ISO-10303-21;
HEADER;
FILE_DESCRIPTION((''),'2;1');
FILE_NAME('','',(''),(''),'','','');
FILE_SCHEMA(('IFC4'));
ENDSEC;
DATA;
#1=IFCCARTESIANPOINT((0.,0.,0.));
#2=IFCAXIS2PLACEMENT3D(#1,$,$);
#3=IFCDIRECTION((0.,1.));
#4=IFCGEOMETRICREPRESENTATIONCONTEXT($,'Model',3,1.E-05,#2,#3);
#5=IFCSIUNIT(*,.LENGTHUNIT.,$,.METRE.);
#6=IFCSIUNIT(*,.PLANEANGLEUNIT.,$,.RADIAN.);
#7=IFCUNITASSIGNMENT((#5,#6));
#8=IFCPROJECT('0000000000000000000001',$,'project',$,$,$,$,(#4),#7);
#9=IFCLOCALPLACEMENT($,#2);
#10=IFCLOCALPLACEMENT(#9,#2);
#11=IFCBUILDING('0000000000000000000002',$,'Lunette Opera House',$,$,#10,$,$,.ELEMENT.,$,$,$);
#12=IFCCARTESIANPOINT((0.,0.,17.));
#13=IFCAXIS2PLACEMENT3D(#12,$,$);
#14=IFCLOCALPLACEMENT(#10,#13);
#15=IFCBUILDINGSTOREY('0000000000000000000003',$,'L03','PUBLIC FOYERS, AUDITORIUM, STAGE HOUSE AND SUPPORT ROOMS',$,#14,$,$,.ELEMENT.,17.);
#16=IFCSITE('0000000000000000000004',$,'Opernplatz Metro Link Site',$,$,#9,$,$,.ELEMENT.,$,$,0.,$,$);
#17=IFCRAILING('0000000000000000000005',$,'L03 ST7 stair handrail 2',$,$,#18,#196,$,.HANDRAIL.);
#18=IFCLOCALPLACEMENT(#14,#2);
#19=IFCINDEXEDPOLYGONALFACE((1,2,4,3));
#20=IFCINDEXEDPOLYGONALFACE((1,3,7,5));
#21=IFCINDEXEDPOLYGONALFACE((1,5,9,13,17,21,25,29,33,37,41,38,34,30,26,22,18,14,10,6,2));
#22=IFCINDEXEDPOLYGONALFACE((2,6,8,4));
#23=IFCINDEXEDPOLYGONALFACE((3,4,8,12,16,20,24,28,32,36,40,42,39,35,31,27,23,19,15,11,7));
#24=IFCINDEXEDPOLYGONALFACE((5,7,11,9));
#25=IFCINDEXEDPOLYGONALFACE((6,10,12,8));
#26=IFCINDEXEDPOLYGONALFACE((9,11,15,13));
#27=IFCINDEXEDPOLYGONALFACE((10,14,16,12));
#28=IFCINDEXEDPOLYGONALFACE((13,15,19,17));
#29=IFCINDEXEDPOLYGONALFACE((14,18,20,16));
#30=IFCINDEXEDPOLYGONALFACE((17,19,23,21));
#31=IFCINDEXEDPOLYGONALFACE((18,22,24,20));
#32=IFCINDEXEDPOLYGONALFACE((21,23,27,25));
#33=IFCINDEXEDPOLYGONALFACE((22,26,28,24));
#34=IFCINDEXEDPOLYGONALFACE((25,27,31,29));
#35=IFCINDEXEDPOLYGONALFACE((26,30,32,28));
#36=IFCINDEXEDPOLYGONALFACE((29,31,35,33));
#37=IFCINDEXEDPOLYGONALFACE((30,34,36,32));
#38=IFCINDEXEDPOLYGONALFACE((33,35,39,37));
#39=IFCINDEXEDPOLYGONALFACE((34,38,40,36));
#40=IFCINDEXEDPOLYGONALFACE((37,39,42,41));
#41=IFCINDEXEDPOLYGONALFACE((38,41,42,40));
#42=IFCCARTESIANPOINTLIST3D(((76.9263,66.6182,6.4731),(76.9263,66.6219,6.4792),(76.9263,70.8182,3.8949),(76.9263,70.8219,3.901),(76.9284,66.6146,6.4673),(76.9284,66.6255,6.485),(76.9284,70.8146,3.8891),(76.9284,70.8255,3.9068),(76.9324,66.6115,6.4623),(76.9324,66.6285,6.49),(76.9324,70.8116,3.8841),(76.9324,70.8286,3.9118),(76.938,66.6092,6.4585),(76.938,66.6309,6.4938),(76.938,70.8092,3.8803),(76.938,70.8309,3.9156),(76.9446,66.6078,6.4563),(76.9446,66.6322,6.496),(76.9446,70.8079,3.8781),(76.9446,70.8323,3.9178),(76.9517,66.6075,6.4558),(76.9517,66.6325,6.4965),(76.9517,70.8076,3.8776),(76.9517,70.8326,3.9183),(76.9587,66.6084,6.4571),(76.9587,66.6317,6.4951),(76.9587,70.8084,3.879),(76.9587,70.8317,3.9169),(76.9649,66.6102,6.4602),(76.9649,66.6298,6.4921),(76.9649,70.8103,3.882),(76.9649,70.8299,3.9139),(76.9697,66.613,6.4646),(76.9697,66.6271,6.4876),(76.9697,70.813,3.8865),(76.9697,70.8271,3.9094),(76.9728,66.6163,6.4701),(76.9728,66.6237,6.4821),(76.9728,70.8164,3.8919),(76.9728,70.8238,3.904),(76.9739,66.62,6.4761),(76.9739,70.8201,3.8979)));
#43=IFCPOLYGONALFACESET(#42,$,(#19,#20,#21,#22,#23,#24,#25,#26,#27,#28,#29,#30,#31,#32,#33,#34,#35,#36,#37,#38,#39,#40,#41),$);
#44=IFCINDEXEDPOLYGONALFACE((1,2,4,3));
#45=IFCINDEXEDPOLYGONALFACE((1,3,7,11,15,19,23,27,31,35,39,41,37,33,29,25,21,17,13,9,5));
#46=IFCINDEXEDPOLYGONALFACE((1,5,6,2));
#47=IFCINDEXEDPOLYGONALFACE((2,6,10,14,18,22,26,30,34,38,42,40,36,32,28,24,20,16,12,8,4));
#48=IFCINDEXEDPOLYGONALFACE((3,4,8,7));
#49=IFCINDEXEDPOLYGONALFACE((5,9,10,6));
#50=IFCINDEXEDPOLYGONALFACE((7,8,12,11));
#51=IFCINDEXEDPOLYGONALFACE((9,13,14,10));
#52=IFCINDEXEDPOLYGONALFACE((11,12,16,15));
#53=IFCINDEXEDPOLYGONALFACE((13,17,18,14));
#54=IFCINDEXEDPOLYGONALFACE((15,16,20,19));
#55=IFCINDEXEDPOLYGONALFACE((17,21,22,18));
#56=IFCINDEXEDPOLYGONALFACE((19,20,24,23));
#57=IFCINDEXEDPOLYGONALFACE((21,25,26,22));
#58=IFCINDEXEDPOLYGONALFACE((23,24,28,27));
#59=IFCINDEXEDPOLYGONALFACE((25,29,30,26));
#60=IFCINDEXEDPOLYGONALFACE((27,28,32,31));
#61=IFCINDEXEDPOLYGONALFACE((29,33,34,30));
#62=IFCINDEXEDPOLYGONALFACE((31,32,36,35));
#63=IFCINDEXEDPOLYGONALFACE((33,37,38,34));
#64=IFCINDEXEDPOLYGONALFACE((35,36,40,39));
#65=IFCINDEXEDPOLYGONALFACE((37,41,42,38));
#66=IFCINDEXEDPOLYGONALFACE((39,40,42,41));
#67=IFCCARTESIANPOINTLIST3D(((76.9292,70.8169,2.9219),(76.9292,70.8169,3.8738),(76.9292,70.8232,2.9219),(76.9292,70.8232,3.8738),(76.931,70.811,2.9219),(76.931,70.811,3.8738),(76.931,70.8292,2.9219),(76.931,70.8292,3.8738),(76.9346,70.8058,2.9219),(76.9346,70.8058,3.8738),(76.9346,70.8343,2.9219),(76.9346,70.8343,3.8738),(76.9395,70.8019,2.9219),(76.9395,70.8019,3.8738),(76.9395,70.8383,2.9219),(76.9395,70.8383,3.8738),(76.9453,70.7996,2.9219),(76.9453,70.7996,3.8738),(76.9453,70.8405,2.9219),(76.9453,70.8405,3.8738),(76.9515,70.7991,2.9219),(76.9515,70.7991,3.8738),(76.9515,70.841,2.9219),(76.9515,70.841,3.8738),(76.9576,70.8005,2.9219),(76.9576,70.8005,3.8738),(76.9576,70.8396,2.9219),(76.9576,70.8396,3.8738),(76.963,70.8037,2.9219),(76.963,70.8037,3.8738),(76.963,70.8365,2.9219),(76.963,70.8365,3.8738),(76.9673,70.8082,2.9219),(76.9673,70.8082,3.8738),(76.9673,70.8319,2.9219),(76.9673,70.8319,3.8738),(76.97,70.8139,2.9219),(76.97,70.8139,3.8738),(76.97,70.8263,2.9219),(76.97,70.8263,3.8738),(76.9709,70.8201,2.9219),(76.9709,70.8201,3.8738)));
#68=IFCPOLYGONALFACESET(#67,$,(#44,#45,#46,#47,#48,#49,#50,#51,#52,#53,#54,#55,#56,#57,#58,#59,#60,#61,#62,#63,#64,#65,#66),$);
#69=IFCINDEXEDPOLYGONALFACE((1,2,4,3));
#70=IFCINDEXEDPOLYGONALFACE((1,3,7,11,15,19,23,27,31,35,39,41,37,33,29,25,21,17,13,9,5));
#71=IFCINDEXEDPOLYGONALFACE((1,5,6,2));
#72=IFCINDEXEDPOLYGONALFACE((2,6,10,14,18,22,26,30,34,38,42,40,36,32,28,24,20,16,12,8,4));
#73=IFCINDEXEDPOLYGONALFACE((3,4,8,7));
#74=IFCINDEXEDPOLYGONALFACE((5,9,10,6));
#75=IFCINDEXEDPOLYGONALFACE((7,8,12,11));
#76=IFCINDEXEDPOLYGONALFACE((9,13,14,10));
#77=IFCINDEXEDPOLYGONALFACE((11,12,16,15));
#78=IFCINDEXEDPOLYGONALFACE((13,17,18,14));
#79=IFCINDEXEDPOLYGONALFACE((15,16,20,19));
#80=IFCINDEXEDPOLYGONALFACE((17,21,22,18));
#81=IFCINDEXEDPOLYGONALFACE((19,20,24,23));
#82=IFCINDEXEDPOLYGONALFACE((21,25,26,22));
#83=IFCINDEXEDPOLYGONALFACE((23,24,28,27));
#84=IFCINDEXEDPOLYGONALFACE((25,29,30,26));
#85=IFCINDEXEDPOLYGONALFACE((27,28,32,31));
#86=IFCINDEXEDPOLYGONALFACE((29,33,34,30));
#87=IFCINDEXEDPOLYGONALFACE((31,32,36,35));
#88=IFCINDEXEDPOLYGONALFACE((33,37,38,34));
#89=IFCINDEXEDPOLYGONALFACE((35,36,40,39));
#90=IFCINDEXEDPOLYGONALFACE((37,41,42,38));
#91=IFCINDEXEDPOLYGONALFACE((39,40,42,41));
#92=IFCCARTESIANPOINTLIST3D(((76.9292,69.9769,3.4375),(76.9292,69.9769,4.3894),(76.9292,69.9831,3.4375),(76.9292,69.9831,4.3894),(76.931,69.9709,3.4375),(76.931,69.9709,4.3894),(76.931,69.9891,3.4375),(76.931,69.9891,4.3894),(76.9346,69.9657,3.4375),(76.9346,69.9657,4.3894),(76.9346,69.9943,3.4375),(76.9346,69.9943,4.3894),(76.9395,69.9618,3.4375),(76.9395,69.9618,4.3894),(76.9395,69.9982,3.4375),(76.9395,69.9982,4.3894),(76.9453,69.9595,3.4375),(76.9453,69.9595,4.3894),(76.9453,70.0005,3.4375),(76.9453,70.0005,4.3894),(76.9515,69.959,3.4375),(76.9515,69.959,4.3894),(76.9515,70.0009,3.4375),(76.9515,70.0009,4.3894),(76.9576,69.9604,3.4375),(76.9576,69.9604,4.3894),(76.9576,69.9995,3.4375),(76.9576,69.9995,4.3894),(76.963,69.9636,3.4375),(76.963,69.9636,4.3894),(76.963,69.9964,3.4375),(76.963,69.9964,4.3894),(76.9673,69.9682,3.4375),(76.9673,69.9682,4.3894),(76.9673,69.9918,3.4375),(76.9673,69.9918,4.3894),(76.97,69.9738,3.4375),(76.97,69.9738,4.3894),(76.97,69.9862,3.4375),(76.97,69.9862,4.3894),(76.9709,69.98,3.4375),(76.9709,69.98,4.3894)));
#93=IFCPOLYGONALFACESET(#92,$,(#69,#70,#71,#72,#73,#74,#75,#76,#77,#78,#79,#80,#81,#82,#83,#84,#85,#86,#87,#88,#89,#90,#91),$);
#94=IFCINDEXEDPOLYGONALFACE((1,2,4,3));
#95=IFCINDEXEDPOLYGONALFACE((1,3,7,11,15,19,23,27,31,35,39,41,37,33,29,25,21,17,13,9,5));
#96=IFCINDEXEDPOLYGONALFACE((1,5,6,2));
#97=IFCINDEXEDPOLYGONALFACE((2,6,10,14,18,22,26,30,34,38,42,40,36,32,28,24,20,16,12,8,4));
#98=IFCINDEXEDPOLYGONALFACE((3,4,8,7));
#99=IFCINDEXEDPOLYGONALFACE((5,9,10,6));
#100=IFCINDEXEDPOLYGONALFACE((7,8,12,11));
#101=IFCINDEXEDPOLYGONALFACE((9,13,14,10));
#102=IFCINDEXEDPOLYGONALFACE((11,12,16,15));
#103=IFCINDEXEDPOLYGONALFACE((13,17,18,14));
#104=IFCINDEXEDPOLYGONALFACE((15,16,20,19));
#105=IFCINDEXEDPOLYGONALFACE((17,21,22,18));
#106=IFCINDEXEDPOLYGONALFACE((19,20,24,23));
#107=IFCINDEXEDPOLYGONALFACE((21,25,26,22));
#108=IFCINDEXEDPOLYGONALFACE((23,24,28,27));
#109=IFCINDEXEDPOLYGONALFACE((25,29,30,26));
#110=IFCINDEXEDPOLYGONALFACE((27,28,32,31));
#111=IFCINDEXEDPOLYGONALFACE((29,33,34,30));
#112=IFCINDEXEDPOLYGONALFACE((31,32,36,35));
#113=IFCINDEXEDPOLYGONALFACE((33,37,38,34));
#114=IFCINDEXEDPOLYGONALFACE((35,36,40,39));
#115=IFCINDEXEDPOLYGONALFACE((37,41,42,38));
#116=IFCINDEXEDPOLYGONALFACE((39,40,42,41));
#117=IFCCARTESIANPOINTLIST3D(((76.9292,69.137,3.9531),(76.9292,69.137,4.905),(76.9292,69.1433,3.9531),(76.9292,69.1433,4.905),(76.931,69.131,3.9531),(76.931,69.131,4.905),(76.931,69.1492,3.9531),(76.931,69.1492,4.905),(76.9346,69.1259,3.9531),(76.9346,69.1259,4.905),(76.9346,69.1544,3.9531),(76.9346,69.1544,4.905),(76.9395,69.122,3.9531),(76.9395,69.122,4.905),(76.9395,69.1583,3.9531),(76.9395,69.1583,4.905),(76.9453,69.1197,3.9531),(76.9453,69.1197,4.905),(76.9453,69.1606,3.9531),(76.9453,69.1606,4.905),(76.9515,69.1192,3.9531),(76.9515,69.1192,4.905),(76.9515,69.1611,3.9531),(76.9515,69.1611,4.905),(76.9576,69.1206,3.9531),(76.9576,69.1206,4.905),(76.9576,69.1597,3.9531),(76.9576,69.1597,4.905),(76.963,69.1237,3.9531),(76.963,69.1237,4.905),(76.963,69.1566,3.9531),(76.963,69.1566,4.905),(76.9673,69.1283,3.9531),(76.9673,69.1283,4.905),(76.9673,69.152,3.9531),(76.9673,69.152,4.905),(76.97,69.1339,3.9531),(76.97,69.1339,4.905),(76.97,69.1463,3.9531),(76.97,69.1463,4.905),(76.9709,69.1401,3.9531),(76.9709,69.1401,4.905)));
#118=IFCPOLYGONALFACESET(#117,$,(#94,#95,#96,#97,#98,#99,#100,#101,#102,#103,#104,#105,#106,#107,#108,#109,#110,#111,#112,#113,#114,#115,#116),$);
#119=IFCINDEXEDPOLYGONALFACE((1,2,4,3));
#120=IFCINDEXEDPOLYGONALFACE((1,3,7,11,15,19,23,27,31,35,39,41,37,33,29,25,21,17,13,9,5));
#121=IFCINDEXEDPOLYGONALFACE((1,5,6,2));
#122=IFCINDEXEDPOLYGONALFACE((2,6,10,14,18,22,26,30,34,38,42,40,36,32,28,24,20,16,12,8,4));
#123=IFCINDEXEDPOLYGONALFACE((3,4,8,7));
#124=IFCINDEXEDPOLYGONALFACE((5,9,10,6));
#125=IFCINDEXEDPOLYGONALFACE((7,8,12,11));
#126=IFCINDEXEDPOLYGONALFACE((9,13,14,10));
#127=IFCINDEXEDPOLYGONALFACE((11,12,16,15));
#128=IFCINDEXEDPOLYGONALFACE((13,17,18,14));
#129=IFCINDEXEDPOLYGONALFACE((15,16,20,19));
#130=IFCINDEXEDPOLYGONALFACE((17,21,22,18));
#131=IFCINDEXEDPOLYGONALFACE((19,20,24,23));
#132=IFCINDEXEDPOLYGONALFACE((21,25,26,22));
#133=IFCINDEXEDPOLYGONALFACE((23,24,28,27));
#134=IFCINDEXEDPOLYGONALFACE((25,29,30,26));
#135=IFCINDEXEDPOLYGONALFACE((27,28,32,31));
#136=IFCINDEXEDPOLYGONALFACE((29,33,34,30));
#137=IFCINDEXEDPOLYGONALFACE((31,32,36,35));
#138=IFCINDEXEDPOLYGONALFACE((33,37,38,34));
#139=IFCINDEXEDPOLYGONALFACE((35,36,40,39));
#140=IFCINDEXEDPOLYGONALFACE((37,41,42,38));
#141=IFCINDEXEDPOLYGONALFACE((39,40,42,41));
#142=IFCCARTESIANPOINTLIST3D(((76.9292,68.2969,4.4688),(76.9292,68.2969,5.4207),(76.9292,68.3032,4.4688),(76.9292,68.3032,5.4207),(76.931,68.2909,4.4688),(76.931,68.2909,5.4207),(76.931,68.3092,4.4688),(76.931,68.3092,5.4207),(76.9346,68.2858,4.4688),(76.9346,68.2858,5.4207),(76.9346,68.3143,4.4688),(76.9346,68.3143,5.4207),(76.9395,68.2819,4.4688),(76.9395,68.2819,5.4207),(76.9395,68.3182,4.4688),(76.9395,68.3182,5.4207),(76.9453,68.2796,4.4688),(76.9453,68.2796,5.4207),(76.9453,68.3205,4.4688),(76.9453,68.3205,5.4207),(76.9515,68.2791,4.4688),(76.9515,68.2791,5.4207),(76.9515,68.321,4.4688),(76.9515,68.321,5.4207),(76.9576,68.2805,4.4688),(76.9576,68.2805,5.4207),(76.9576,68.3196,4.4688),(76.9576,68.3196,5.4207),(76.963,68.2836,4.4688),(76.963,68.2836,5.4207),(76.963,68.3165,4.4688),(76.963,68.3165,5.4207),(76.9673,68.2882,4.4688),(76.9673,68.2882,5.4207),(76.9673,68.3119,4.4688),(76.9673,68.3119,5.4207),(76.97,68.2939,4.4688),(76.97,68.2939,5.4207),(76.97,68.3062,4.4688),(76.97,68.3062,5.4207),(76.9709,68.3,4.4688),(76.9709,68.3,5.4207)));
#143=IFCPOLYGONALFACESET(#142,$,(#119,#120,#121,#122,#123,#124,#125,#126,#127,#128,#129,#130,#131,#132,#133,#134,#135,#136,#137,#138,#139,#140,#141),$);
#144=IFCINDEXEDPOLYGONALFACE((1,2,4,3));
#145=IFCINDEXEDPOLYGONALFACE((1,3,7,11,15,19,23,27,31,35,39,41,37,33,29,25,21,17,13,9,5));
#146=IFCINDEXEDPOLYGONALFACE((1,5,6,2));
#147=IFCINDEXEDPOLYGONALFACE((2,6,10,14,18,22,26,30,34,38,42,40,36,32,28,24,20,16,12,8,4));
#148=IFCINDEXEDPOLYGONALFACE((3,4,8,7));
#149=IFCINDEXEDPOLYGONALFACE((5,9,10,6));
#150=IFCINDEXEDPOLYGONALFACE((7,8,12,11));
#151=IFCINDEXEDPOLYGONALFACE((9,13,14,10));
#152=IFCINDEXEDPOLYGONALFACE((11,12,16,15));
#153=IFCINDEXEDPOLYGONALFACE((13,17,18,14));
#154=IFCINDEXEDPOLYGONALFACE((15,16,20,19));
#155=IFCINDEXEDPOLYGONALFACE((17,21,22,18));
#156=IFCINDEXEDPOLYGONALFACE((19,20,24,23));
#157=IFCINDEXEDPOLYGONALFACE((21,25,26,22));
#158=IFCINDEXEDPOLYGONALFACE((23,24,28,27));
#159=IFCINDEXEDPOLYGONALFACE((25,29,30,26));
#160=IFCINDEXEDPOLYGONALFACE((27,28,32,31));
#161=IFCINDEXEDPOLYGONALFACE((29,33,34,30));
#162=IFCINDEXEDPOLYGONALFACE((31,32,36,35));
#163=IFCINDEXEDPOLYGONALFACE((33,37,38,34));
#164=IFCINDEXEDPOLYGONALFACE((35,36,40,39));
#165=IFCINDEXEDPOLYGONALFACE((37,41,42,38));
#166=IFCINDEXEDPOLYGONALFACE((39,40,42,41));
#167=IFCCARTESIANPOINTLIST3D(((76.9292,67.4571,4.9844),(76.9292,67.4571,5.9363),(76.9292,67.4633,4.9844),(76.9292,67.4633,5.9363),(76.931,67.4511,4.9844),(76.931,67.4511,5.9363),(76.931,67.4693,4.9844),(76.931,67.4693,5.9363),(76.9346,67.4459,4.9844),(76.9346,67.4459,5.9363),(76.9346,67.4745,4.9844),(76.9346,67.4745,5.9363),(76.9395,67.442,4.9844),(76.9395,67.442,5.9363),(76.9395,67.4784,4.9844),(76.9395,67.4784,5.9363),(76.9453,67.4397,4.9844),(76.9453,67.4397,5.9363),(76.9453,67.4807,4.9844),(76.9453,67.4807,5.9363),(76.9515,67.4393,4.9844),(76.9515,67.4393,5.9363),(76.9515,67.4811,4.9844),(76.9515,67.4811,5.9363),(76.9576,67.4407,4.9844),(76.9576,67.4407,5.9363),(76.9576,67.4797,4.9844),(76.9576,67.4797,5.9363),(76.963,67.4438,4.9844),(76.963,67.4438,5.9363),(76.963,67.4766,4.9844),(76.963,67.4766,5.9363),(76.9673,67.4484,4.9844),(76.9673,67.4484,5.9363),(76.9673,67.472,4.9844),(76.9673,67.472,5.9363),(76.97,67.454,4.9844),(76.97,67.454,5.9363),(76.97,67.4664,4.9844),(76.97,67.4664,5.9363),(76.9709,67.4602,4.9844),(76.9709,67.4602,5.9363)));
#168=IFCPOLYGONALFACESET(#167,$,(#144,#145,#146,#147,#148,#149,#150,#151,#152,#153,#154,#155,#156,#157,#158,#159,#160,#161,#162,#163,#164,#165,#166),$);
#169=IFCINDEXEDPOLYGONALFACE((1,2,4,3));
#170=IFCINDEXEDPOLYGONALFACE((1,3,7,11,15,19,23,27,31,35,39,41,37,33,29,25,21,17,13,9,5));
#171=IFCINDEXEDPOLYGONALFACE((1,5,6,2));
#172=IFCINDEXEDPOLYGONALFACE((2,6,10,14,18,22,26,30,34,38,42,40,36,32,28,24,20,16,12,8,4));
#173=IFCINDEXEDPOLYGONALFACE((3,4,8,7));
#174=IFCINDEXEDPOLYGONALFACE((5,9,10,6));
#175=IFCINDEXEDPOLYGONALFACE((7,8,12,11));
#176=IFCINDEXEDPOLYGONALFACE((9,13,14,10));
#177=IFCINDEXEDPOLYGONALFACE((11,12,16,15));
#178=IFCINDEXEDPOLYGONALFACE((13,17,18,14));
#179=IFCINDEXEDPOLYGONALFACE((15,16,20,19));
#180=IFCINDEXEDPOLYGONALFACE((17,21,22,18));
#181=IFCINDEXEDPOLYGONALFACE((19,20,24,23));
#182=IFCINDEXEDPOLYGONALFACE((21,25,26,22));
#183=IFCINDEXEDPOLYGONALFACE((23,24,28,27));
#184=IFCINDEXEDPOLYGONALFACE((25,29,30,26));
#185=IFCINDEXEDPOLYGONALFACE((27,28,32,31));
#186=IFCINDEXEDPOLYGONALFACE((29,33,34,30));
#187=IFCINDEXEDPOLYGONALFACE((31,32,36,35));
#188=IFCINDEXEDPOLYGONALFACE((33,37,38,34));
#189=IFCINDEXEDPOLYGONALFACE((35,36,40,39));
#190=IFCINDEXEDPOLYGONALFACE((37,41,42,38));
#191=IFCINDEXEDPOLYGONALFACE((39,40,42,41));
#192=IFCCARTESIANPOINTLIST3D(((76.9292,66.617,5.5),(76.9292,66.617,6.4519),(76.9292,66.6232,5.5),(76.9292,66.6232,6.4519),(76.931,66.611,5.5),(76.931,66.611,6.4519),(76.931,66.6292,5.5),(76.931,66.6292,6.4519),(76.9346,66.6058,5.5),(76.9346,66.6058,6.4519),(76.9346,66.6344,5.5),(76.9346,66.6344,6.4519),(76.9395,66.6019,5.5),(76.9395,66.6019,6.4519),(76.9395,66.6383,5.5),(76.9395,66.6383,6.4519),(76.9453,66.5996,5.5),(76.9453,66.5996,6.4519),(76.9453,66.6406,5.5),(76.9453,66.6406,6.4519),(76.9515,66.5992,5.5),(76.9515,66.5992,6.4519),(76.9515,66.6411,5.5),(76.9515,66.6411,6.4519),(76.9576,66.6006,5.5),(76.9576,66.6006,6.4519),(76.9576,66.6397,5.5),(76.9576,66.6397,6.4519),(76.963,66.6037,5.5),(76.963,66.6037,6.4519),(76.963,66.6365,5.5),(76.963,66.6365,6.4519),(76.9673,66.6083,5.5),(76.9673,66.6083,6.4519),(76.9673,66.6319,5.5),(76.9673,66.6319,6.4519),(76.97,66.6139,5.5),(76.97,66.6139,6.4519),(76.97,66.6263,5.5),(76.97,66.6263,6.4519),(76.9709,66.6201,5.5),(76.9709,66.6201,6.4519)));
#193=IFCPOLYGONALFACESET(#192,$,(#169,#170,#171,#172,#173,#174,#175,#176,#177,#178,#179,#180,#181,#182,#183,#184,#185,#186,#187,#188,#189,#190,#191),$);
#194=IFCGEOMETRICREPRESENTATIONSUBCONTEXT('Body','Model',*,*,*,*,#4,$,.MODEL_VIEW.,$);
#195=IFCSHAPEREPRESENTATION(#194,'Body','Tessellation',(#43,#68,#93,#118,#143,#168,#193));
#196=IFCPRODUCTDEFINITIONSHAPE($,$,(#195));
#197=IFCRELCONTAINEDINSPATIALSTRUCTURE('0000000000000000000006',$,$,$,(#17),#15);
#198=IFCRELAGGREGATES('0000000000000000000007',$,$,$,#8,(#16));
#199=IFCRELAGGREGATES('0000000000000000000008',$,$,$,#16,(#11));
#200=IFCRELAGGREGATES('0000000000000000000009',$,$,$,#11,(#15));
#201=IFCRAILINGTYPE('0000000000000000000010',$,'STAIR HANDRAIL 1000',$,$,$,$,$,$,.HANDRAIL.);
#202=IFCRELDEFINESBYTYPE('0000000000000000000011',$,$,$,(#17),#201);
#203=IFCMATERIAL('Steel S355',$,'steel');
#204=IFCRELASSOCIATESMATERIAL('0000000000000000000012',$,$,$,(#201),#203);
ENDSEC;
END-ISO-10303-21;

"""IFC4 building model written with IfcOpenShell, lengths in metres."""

from ifc_helpers import new_model, si_unit, direction, frame, origin, origin_2d, place, context, subcontext, project, spatial, circle, extrude, material, type_object, element, save


model = new_model("IFC4")

# Units and contexts
model_context = context("Model", 3, precision=1e-05, world=origin(), true_north=direction((0.0, 1.0)))
body_context = subcontext(model_context, "Body", "Model", "MODEL_VIEW")
ifc_project = project(units=[si_unit("LENGTHUNIT", "METRE"), si_unit("PLANEANGLEUNIT", "RADIAN")], contexts=[model_context])

# Site, building, storey
site_placement = place(None, origin())
site = spatial("IfcSite", under=ifc_project, at=site_placement, Name="Opernplatz Metro Link Site", CompositionType="ELEMENT", RefElevation=0.0)
building_placement = place(site_placement, origin())
building = spatial("IfcBuilding", under=site, at=building_placement, Name="Lunette Opera House", CompositionType="ELEMENT")
storey_placement = place(building_placement, frame((0.0, 0.0, 17.0)))
storey = spatial("IfcBuildingStorey", under=building, at=storey_placement, Name="L03", Description="PUBLIC FOYERS, AUDITORIUM, STAGE HOUSE AND SUPPORT ROOMS", CompositionType="ELEMENT", Elevation=17.0)

# Railing
ifc_material_1 = material(Name="Steel S355", Category="steel")
railing_type_1 = type_object("IfcRailingType", Name="STAIR HANDRAIL 1000", PredefinedType="HANDRAIL", material=ifc_material_1)
railing_1_placement = place(storey_placement, frame((76.95, 70.8201, 2.9219)))
element("IfcRailing", 1, at=railing_1_placement, inside=storey, type_object=railing_type_1, Name="L03 ST7 stair handrail 2", PredefinedType="HANDRAIL", context=body_context, shape_type="SweptSolid", body=[
    extrude(circle(Radius=0.0239, at=origin_2d()), frame((0.0, 0.0, 0.9761), z_axis=(0.0, -0.852243, 0.523146), x_axis=(1.0, 0.0, 0.0)), (0.0, 0.0, 1.0), 4.9282),
    extrude(circle(Radius=0.021, at=origin_2d()), origin(), (0.0, 0.0, 1.0), 0.9519),
    extrude(circle(Radius=0.021, at=origin_2d()), frame((0.0, -0.8401, 0.5156)), (0.0, 0.0, 1.0), 0.9519),
    extrude(circle(Radius=0.021, at=origin_2d()), frame((0.0, -1.6799, 1.0312)), (0.0, 0.0, 1.0), 0.9519),
    extrude(circle(Radius=0.021, at=origin_2d()), frame((0.0, -2.52, 1.5469)), (0.0, 0.0, 1.0), 0.9519),
    extrude(circle(Radius=0.021, at=origin_2d()), frame((0.0, -3.3599, 2.0625)), (0.0, 0.0, 1.0), 0.9519),
    extrude(circle(Radius=0.021, at=origin_2d()), frame((0.0, -4.2, 2.5781)), (0.0, 0.0, 1.0), 0.9519),
])

save(model, "model.ifc")
